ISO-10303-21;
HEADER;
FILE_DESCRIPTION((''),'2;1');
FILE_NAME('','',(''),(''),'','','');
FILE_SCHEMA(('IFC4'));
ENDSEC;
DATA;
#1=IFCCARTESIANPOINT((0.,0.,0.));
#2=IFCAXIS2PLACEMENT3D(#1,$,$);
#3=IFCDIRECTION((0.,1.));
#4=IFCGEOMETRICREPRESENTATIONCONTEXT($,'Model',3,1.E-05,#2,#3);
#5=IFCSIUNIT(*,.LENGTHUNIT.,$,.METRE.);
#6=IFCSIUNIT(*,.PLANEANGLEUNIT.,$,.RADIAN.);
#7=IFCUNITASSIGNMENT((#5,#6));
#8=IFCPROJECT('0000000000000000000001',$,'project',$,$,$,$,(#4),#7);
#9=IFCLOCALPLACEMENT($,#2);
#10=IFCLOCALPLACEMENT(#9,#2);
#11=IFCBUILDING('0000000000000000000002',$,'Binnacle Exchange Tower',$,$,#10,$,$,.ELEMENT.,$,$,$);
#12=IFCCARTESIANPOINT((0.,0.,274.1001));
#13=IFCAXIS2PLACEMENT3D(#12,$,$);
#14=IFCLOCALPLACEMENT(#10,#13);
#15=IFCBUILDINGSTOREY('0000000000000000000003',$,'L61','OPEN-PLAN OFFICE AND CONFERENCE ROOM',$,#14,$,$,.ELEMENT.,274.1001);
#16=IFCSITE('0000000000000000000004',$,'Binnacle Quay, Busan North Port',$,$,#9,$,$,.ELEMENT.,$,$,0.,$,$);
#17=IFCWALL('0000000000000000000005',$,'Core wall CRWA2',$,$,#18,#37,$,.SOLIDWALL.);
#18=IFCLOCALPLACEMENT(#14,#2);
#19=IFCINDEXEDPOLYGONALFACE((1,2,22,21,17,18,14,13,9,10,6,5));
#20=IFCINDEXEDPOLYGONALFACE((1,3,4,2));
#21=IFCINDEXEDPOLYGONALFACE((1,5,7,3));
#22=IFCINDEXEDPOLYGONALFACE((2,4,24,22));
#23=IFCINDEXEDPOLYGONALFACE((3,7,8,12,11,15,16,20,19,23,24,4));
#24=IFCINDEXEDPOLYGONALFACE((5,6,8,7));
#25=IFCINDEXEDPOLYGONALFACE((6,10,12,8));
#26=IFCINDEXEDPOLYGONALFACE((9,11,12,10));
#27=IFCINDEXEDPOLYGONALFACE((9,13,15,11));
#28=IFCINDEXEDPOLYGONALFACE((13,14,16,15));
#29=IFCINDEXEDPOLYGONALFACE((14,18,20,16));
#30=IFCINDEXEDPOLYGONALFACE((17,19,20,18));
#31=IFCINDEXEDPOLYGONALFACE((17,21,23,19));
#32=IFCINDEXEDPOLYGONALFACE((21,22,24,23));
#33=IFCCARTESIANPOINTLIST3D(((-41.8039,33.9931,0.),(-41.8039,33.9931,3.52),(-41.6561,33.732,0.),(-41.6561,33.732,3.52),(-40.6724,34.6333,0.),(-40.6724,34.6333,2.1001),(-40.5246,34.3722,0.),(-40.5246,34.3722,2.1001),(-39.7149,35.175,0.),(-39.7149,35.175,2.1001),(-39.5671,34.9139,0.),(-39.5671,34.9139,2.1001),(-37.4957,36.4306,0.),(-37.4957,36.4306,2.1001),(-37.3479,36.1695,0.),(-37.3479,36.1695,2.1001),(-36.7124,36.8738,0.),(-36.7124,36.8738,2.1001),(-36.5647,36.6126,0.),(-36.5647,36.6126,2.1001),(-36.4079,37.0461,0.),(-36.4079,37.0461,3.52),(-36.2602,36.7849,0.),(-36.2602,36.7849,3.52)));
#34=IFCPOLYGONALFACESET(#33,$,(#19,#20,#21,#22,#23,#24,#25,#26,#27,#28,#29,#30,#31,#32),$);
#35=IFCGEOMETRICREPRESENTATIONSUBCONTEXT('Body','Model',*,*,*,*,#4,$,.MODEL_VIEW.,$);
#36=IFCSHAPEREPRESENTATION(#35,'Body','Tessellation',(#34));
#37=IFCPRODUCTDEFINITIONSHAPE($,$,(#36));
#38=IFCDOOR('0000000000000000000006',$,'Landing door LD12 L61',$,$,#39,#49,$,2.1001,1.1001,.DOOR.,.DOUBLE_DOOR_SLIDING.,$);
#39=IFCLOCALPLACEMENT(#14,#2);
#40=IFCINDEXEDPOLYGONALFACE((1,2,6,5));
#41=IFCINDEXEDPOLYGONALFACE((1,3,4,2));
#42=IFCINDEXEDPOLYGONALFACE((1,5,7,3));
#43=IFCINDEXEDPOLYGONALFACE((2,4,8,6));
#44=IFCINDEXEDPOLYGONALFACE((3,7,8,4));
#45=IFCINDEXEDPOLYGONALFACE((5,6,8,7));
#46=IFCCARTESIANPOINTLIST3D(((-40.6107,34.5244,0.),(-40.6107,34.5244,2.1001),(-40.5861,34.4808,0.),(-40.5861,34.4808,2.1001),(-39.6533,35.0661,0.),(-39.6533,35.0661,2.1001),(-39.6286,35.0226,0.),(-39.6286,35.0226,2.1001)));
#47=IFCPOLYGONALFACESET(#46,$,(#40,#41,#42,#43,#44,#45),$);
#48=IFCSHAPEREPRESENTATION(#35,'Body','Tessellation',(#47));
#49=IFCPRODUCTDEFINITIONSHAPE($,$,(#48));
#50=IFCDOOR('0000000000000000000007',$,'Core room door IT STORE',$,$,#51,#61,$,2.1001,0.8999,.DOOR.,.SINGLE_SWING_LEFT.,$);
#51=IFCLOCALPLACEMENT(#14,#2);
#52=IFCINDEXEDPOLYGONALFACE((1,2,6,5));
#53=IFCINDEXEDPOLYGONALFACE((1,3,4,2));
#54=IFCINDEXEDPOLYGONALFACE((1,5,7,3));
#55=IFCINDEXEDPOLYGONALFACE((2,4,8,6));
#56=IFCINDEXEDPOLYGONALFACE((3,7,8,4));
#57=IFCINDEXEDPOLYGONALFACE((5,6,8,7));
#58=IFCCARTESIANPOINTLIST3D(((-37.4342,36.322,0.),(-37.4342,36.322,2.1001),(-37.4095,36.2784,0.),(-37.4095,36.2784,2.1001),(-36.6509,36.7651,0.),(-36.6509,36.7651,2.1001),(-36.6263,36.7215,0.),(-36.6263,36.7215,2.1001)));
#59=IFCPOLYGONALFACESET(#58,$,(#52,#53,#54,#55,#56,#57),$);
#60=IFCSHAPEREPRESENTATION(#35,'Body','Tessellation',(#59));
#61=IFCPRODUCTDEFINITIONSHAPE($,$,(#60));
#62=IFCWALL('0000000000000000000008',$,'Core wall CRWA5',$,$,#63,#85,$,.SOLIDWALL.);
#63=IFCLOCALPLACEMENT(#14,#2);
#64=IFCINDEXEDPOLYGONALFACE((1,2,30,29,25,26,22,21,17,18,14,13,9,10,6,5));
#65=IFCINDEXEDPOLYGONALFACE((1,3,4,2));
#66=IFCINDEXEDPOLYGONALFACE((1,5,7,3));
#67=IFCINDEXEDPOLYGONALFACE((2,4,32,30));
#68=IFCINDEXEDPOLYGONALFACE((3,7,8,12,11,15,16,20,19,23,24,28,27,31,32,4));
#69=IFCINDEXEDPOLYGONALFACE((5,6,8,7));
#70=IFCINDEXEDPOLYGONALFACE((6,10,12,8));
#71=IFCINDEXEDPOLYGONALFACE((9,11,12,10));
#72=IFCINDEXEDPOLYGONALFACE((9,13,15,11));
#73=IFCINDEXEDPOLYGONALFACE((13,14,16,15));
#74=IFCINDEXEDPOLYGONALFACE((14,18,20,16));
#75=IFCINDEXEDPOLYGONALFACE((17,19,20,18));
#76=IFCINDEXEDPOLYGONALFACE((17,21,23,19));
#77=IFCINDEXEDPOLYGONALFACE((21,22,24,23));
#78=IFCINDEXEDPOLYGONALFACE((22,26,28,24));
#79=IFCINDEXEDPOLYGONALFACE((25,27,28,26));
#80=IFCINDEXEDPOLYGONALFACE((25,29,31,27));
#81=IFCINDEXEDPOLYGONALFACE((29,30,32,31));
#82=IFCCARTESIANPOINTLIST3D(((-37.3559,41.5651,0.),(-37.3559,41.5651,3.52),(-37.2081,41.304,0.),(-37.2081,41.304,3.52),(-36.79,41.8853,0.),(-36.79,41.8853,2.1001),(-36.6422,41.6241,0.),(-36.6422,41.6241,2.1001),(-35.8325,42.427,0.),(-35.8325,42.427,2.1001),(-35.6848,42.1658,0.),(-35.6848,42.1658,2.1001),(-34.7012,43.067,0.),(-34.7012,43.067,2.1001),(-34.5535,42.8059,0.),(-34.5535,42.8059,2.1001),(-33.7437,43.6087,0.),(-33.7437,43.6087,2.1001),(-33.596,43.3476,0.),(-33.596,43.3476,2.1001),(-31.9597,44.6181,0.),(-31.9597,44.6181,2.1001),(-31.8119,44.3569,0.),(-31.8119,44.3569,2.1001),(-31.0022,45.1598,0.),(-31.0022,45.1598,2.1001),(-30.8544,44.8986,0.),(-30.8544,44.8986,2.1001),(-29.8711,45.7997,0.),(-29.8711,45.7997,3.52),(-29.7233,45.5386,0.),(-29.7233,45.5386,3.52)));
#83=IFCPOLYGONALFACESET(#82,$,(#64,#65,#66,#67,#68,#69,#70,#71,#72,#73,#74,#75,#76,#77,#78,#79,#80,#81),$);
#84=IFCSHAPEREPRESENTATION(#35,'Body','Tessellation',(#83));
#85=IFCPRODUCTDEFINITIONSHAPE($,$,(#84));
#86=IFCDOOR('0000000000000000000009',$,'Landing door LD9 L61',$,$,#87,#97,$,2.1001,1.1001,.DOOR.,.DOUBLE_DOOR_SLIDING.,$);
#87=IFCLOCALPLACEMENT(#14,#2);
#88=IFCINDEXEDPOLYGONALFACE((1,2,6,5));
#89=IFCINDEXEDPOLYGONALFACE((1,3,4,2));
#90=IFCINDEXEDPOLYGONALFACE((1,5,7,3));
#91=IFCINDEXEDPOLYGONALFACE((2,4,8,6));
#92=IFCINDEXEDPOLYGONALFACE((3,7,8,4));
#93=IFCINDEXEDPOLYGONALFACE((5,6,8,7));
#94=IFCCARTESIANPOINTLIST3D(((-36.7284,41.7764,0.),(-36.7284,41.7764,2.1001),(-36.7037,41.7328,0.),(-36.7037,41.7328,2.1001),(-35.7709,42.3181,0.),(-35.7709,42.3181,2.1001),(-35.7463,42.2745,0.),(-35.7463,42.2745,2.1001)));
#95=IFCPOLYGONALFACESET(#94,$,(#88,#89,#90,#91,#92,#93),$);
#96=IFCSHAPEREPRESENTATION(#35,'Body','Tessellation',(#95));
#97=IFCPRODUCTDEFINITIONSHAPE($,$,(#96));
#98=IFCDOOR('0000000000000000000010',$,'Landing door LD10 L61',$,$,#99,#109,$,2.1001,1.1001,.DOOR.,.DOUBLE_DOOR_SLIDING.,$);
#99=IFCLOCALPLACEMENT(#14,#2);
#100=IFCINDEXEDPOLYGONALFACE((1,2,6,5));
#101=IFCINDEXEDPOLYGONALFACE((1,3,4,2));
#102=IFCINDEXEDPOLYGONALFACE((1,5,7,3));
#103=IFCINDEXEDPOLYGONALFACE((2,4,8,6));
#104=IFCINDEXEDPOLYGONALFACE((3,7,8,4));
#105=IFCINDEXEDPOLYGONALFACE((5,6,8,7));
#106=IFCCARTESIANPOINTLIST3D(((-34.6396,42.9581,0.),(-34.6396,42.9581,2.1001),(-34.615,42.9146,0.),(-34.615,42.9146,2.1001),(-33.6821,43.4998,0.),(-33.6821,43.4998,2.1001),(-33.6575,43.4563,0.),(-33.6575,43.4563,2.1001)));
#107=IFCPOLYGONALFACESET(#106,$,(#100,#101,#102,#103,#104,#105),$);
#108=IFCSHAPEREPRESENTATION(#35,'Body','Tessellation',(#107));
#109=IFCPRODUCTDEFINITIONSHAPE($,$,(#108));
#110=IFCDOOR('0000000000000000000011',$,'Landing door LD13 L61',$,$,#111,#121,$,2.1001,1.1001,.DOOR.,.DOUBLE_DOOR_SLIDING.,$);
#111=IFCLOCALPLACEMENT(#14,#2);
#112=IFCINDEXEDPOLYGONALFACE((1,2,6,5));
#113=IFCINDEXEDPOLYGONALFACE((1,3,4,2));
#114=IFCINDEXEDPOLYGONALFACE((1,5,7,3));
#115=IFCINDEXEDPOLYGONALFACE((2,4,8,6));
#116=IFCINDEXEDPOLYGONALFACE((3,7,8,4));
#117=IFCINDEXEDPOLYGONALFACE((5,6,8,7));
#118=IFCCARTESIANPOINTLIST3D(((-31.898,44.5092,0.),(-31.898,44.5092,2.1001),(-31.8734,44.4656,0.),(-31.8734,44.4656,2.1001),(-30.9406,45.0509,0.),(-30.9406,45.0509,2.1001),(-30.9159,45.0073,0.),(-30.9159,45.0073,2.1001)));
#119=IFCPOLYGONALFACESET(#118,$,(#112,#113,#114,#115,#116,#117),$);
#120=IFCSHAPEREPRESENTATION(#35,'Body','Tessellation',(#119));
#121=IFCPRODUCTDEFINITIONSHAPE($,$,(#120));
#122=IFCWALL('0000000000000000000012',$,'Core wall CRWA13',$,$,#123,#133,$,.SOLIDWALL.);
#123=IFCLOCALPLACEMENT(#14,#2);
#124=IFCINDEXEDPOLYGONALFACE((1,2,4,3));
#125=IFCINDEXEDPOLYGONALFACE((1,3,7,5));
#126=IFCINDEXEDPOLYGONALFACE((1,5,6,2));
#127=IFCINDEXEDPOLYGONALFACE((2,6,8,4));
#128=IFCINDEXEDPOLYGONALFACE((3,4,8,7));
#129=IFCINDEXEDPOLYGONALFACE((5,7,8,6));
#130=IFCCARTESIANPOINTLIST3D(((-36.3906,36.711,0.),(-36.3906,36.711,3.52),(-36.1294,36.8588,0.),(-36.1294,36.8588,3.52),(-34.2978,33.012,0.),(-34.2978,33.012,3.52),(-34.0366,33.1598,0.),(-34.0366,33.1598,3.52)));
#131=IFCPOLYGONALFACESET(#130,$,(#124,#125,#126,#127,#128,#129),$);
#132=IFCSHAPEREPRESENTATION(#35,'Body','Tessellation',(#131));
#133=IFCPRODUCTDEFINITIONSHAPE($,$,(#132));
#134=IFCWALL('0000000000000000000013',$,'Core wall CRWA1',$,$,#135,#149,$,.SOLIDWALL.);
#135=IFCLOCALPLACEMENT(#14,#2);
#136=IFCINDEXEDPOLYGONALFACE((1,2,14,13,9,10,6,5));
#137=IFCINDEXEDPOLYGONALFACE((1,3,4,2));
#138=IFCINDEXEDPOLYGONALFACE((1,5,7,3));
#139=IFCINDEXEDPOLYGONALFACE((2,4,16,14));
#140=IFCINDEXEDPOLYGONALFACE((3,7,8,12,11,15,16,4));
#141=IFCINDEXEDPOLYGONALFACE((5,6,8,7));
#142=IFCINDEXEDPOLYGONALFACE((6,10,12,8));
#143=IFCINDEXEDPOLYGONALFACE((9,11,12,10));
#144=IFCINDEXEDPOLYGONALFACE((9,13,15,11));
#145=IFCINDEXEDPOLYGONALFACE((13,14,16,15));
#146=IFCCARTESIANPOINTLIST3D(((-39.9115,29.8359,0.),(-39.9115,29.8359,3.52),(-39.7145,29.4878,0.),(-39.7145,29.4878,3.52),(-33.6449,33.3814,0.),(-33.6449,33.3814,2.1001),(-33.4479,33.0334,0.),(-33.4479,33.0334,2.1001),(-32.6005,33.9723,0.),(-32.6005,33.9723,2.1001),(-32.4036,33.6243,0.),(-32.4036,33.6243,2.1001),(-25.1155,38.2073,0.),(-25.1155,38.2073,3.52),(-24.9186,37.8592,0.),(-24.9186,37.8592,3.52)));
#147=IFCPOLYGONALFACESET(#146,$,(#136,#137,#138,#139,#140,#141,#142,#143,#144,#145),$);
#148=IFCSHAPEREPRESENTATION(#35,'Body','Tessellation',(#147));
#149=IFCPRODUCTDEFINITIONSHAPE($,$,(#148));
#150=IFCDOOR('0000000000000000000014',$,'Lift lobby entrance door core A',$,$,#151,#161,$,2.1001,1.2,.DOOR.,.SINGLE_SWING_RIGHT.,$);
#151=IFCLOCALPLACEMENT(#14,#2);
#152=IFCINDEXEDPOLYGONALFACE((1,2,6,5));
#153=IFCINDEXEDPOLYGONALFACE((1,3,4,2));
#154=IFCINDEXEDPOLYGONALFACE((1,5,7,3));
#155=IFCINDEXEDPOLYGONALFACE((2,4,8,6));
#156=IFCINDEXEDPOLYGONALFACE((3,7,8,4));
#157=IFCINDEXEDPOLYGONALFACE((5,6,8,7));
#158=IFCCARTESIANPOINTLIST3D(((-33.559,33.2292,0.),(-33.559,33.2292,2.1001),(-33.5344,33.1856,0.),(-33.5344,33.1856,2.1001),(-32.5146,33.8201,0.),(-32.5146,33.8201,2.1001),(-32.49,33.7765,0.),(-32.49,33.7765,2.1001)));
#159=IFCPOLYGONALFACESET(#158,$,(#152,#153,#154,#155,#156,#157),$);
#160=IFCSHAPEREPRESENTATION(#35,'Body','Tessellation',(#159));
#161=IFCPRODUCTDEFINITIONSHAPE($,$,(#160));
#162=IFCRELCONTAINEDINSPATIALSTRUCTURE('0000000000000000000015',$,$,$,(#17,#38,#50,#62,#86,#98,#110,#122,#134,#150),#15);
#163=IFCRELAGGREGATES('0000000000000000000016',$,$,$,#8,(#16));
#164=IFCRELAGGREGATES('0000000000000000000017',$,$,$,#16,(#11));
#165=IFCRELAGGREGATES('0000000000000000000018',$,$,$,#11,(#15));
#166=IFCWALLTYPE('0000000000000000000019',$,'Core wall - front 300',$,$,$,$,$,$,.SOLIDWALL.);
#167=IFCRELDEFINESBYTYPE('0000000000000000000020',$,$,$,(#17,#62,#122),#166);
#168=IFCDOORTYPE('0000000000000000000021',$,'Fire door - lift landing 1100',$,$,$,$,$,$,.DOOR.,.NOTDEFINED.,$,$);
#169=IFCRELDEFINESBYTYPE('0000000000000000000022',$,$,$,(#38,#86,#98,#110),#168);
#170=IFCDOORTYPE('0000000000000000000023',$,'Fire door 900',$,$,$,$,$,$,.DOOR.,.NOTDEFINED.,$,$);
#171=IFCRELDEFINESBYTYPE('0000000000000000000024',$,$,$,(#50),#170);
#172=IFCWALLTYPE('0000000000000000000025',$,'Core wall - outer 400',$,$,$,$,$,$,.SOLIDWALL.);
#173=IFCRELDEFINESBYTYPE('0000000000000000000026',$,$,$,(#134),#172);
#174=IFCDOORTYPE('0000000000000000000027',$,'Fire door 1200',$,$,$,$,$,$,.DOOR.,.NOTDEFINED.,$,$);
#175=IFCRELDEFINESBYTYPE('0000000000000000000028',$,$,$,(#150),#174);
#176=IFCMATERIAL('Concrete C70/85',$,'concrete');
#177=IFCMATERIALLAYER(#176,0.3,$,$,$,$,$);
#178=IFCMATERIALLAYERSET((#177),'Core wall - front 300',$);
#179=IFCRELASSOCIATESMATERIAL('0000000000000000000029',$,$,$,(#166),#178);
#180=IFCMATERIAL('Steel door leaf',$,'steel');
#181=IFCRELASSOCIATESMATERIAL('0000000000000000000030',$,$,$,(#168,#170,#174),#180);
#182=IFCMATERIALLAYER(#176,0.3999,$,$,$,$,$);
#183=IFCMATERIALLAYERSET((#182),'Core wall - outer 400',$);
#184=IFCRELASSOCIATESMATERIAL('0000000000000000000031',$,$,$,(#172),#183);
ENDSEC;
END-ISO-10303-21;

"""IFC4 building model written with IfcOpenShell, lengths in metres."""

from ifc_helpers import new_model, si_unit, direction, frame, frame_2d, origin, place, context, subcontext, project, spatial, rectangle, extrude, material, layer, layer_set, type_object, element, fill, save


model = new_model("IFC4")

# Units and contexts
model_context = context("Model", 3, precision=1e-05, world=origin(), true_north=direction((0.0, 1.0)))
body_context = subcontext(model_context, "Body", "Model", "MODEL_VIEW")
ifc_project = project(units=[si_unit("LENGTHUNIT", "METRE"), si_unit("PLANEANGLEUNIT", "RADIAN")], contexts=[model_context])

# Site, building, storey
site_placement = place(None, origin())
site = spatial("IfcSite", under=ifc_project, at=site_placement, Name="Binnacle Quay, Busan North Port", CompositionType="ELEMENT", RefElevation=0.0)
building_placement = place(site_placement, origin())
building = spatial("IfcBuilding", under=site, at=building_placement, Name="Binnacle Exchange Tower", CompositionType="ELEMENT")
storey_placement = place(building_placement, frame((0.0, 0.0, 274.1001)))
storey = spatial("IfcBuildingStorey", under=building, at=storey_placement, Name="L61", Description="OPEN-PLAN OFFICE AND CONFERENCE ROOM", CompositionType="ELEMENT", Elevation=274.1001)

# Walls, openings, doors
ifc_material_1 = material(Name="Concrete C70/85", Category="concrete")
ifc_layer_1 = layer(ifc_material_1, 0.3)
ifc_layer_set_1 = layer_set([ifc_layer_1], Name="Core wall - front 300")
wall_type_1 = type_object("IfcWallType", Name="Core wall - front 300", PredefinedType="SOLIDWALL", material=ifc_layer_set_1)
wall_1_placement = place(storey_placement, frame((-41.73, 33.8625, 0.0), z_axis=(0.0, 0.0, 1.0), x_axis=(0.870351, 0.492432, 0.0)))
wall_1 = element("IfcWall", 1, at=wall_1_placement, inside=storey, type_object=wall_type_1, Name="Core wall CRWA2", PredefinedType="SOLIDWALL", context=body_context, shape_type="SweptSolid", body=[
    extrude(rectangle(XDim=6.1997, YDim=0.3, at=frame_2d((3.0999, 0.0))), origin(), (0.0, 0.0, 1.0), 3.52),
])
opening_1_placement = place(wall_1_placement, frame((1.3, 0.0, 0.0)))
opening_1 = element("IfcOpeningElement", 2, at=opening_1_placement, cuts=wall_1, PredefinedType="OPENING", context=body_context, shape_type="SweptSolid", body=[
    extrude(rectangle(XDim=1.1001, YDim=2.1001, at=frame_2d((0.55, 1.05))), frame((0.0, 0.1599, 0.0), z_axis=(0.0, -1.0, 0.0), x_axis=(1.0, 0.0, 0.0)), (0.0, 0.0, 1.0), 0.3201),
])
opening_2_placement = place(wall_1_placement, frame((4.95, 0.0, 0.0)))
opening_2 = element("IfcOpeningElement", 3, at=opening_2_placement, cuts=wall_1, PredefinedType="OPENING", context=body_context, shape_type="SweptSolid", body=[
    extrude(rectangle(XDim=0.8999, YDim=2.1001, at=frame_2d((0.45, 1.05))), frame((0.0, 0.1599, 0.0), z_axis=(0.0, -1.0, 0.0), x_axis=(1.0, 0.0, 0.0)), (0.0, 0.0, 1.0), 0.3201),
])
ifc_material_2 = material(Name="Steel door leaf", Category="steel")
door_type_1 = type_object("IfcDoorType", Name="Fire door - lift landing 1100", OperationType="NOTDEFINED", PredefinedType="DOOR", material=ifc_material_2)
door_1_placement = place(opening_1_placement, origin())
door_1 = element("IfcDoor", 4, at=door_1_placement, inside=storey, type_object=door_type_1, Name="Landing door LD12 L61", OperationType="DOUBLE_DOOR_SLIDING", OverallHeight=2.1001, OverallWidth=1.1001, PredefinedType="DOOR", context=body_context, shape_type="SweptSolid", body=[
    extrude(rectangle(XDim=1.1001, YDim=2.1001, at=frame_2d((0.55, 1.05))), frame((0.0, 0.0249, 0.0), z_axis=(0.0, -1.0, 0.0), x_axis=(1.0, 0.0, 0.0)), (0.0, 0.0, 1.0), 0.05),
])
fill(opening_1, door_1)
door_type_2 = type_object("IfcDoorType", Name="Fire door 900", OperationType="NOTDEFINED", PredefinedType="DOOR", material=ifc_material_2)
door_2_placement = place(opening_2_placement, frame((0.8999, 0.0, 0.0), z_axis=(0.0, 0.0, 1.0), x_axis=(-1.0, 0.0, 0.0)))
door_2 = element("IfcDoor", 5, at=door_2_placement, inside=storey, type_object=door_type_2, Name="Core room door IT STORE", OperationType="SINGLE_SWING_LEFT", OverallHeight=2.1001, OverallWidth=0.8999, PredefinedType="DOOR", context=body_context, shape_type="SweptSolid", body=[
    extrude(rectangle(XDim=0.8999, YDim=2.1001, at=frame_2d((0.45, 1.05))), frame((0.0, 0.0249, 0.0), z_axis=(0.0, -1.0, 0.0), x_axis=(1.0, 0.0, 0.0)), (0.0, 0.0, 1.0), 0.05),
])
fill(opening_2, door_2)
wall_2_placement = place(storey_placement, frame((-37.282, 41.4346, 0.0), z_axis=(0.0, 0.0, 1.0), x_axis=(0.870361, 0.492414, 0.0)))
wall_2 = element("IfcWall", 6, at=wall_2_placement, inside=storey, type_object=wall_type_1, Name="Core wall CRWA5", PredefinedType="SOLIDWALL", context=body_context, shape_type="SweptSolid", body=[
    extrude(rectangle(XDim=8.5996, YDim=0.3, at=frame_2d((4.2998, 0.0))), origin(), (0.0, 0.0, 1.0), 3.52),
])
opening_3_placement = place(wall_2_placement, frame((0.6501, 0.0, 0.0)))
opening_3 = element("IfcOpeningElement", 7, at=opening_3_placement, cuts=wall_2, PredefinedType="OPENING", context=body_context, shape_type="SweptSolid", body=[
    extrude(rectangle(XDim=1.1001, YDim=2.1001, at=frame_2d((0.55, 1.05))), frame((0.0, 0.1599, 0.0), z_axis=(0.0, -1.0, 0.0), x_axis=(1.0, 0.0, 0.0)), (0.0, 0.0, 1.0), 0.3201),
])
opening_4_placement = place(wall_2_placement, frame((3.05, 0.0, 0.0)))
opening_4 = element("IfcOpeningElement", 8, at=opening_4_placement, cuts=wall_2, PredefinedType="OPENING", context=body_context, shape_type="SweptSolid", body=[
    extrude(rectangle(XDim=1.1001, YDim=2.1001, at=frame_2d((0.55, 1.05))), frame((0.0, 0.1599, 0.0), z_axis=(0.0, -1.0, 0.0), x_axis=(1.0, 0.0, 0.0)), (0.0, 0.0, 1.0), 0.3201),
])
opening_5_placement = place(wall_2_placement, frame((6.2, 0.0, 0.0)))
opening_5 = element("IfcOpeningElement", 9, at=opening_5_placement, cuts=wall_2, PredefinedType="OPENING", context=body_context, shape_type="SweptSolid", body=[
    extrude(rectangle(XDim=1.1001, YDim=2.1001, at=frame_2d((0.55, 1.05))), frame((0.0, 0.1599, 0.0), z_axis=(0.0, -1.0, 0.0), x_axis=(1.0, 0.0, 0.0)), (0.0, 0.0, 1.0), 0.3201),
])
door_3_placement = place(opening_3_placement, origin())
door_3 = element("IfcDoor", 10, at=door_3_placement, inside=storey, type_object=door_type_1, Name="Landing door LD9 L61", OperationType="DOUBLE_DOOR_SLIDING", OverallHeight=2.1001, OverallWidth=1.1001, PredefinedType="DOOR", context=body_context, shape_type="SweptSolid", body=[
    extrude(rectangle(XDim=1.1001, YDim=2.1001, at=frame_2d((0.55, 1.05))), frame((0.0, 0.0249, 0.0), z_axis=(0.0, -1.0, 0.0), x_axis=(1.0, 0.0, 0.0)), (0.0, 0.0, 1.0), 0.05),
])
fill(opening_3, door_3)
door_4_placement = place(opening_4_placement, origin())
door_4 = element("IfcDoor", 11, at=door_4_placement, inside=storey, type_object=door_type_1, Name="Landing door LD10 L61", OperationType="DOUBLE_DOOR_SLIDING", OverallHeight=2.1001, OverallWidth=1.1001, PredefinedType="DOOR", context=body_context, shape_type="SweptSolid", body=[
    extrude(rectangle(XDim=1.1001, YDim=2.1001, at=frame_2d((0.55, 1.05))), frame((0.0, 0.0249, 0.0), z_axis=(0.0, -1.0, 0.0), x_axis=(1.0, 0.0, 0.0)), (0.0, 0.0, 1.0), 0.05),
])
fill(opening_4, door_4)
door_5_placement = place(opening_5_placement, origin())
door_5 = element("IfcDoor", 12, at=door_5_placement, inside=storey, type_object=door_type_1, Name="Landing door LD13 L61", OperationType="DOUBLE_DOOR_SLIDING", OverallHeight=2.1001, OverallWidth=1.1001, PredefinedType="DOOR", context=body_context, shape_type="SweptSolid", body=[
    extrude(rectangle(XDim=1.1001, YDim=2.1001, at=frame_2d((0.55, 1.05))), frame((0.0, 0.0249, 0.0), z_axis=(0.0, -1.0, 0.0), x_axis=(1.0, 0.0, 0.0)), (0.0, 0.0, 1.0), 0.05),
])
fill(opening_5, door_5)

# Wall
wall_3_placement = place(storey_placement, frame((-36.26, 36.7849, 0.0), z_axis=(0.0, 0.0, 1.0), x_axis=(0.492423, -0.870356, 0.0)))
element("IfcWall", 13, at=wall_3_placement, inside=storey, type_object=wall_type_1, Name="Core wall CRWA13", PredefinedType="SOLIDWALL", context=body_context, shape_type="SweptSolid", body=[
    extrude(rectangle(XDim=4.25, YDim=0.3, at=frame_2d((2.125, 0.0))), origin(), (0.0, 0.0, 1.0), 3.52),
])

# Wall, opening, door
ifc_layer_2 = layer(ifc_material_1, 0.3999)
ifc_layer_set_2 = layer_set([ifc_layer_2], Name="Core wall - outer 400")
wall_type_2 = type_object("IfcWallType", Name="Core wall - outer 400", PredefinedType="SOLIDWALL", material=ifc_layer_set_2)
wall_4_placement = place(storey_placement, frame((-39.813, 29.6619, 0.0), z_axis=(0.0, 0.0, 1.0), x_axis=(0.87035, 0.492433, 0.0)))
wall_4 = element("IfcWall", 14, at=wall_4_placement, inside=storey, type_object=wall_type_2, Name="Core wall CRWA1", PredefinedType="SOLIDWALL", context=body_context, shape_type="SweptSolid", body=[
    extrude(rectangle(XDim=17.0, YDim=0.3999, at=frame_2d((8.5, 0.0))), origin(), (0.0, 0.0, 1.0), 3.52),
])
opening_6_placement = place(wall_4_placement, frame((7.2, 0.0, 0.0)))
opening_6 = element("IfcOpeningElement", 15, at=opening_6_placement, cuts=wall_4, PredefinedType="OPENING", context=body_context, shape_type="SweptSolid", body=[
    extrude(rectangle(XDim=1.2, YDim=2.1001, at=frame_2d((0.6001, 1.05))), frame((0.0, 0.21, 0.0), z_axis=(0.0, -1.0, 0.0), x_axis=(1.0, 0.0, 0.0)), (0.0, 0.0, 1.0), 0.4199),
])
door_type_3 = type_object("IfcDoorType", Name="Fire door 1200", OperationType="NOTDEFINED", PredefinedType="DOOR", material=ifc_material_2)
door_6_placement = place(opening_6_placement, frame((1.2, 0.0, 0.0), z_axis=(0.0, 0.0, 1.0), x_axis=(-1.0, 0.0, 0.0)))
door_6 = element("IfcDoor", 16, at=door_6_placement, inside=storey, type_object=door_type_3, Name="Lift lobby entrance door core A", OperationType="SINGLE_SWING_RIGHT", OverallHeight=2.1001, OverallWidth=1.2, PredefinedType="DOOR", context=body_context, shape_type="SweptSolid", body=[
    extrude(rectangle(XDim=1.2, YDim=2.1001, at=frame_2d((0.6001, 1.05))), frame((0.0, 0.0249, 0.0), z_axis=(0.0, -1.0, 0.0), x_axis=(1.0, 0.0, 0.0)), (0.0, 0.0, 1.0), 0.05),
])
fill(opening_6, door_6)

save(model, "model.ifc")
